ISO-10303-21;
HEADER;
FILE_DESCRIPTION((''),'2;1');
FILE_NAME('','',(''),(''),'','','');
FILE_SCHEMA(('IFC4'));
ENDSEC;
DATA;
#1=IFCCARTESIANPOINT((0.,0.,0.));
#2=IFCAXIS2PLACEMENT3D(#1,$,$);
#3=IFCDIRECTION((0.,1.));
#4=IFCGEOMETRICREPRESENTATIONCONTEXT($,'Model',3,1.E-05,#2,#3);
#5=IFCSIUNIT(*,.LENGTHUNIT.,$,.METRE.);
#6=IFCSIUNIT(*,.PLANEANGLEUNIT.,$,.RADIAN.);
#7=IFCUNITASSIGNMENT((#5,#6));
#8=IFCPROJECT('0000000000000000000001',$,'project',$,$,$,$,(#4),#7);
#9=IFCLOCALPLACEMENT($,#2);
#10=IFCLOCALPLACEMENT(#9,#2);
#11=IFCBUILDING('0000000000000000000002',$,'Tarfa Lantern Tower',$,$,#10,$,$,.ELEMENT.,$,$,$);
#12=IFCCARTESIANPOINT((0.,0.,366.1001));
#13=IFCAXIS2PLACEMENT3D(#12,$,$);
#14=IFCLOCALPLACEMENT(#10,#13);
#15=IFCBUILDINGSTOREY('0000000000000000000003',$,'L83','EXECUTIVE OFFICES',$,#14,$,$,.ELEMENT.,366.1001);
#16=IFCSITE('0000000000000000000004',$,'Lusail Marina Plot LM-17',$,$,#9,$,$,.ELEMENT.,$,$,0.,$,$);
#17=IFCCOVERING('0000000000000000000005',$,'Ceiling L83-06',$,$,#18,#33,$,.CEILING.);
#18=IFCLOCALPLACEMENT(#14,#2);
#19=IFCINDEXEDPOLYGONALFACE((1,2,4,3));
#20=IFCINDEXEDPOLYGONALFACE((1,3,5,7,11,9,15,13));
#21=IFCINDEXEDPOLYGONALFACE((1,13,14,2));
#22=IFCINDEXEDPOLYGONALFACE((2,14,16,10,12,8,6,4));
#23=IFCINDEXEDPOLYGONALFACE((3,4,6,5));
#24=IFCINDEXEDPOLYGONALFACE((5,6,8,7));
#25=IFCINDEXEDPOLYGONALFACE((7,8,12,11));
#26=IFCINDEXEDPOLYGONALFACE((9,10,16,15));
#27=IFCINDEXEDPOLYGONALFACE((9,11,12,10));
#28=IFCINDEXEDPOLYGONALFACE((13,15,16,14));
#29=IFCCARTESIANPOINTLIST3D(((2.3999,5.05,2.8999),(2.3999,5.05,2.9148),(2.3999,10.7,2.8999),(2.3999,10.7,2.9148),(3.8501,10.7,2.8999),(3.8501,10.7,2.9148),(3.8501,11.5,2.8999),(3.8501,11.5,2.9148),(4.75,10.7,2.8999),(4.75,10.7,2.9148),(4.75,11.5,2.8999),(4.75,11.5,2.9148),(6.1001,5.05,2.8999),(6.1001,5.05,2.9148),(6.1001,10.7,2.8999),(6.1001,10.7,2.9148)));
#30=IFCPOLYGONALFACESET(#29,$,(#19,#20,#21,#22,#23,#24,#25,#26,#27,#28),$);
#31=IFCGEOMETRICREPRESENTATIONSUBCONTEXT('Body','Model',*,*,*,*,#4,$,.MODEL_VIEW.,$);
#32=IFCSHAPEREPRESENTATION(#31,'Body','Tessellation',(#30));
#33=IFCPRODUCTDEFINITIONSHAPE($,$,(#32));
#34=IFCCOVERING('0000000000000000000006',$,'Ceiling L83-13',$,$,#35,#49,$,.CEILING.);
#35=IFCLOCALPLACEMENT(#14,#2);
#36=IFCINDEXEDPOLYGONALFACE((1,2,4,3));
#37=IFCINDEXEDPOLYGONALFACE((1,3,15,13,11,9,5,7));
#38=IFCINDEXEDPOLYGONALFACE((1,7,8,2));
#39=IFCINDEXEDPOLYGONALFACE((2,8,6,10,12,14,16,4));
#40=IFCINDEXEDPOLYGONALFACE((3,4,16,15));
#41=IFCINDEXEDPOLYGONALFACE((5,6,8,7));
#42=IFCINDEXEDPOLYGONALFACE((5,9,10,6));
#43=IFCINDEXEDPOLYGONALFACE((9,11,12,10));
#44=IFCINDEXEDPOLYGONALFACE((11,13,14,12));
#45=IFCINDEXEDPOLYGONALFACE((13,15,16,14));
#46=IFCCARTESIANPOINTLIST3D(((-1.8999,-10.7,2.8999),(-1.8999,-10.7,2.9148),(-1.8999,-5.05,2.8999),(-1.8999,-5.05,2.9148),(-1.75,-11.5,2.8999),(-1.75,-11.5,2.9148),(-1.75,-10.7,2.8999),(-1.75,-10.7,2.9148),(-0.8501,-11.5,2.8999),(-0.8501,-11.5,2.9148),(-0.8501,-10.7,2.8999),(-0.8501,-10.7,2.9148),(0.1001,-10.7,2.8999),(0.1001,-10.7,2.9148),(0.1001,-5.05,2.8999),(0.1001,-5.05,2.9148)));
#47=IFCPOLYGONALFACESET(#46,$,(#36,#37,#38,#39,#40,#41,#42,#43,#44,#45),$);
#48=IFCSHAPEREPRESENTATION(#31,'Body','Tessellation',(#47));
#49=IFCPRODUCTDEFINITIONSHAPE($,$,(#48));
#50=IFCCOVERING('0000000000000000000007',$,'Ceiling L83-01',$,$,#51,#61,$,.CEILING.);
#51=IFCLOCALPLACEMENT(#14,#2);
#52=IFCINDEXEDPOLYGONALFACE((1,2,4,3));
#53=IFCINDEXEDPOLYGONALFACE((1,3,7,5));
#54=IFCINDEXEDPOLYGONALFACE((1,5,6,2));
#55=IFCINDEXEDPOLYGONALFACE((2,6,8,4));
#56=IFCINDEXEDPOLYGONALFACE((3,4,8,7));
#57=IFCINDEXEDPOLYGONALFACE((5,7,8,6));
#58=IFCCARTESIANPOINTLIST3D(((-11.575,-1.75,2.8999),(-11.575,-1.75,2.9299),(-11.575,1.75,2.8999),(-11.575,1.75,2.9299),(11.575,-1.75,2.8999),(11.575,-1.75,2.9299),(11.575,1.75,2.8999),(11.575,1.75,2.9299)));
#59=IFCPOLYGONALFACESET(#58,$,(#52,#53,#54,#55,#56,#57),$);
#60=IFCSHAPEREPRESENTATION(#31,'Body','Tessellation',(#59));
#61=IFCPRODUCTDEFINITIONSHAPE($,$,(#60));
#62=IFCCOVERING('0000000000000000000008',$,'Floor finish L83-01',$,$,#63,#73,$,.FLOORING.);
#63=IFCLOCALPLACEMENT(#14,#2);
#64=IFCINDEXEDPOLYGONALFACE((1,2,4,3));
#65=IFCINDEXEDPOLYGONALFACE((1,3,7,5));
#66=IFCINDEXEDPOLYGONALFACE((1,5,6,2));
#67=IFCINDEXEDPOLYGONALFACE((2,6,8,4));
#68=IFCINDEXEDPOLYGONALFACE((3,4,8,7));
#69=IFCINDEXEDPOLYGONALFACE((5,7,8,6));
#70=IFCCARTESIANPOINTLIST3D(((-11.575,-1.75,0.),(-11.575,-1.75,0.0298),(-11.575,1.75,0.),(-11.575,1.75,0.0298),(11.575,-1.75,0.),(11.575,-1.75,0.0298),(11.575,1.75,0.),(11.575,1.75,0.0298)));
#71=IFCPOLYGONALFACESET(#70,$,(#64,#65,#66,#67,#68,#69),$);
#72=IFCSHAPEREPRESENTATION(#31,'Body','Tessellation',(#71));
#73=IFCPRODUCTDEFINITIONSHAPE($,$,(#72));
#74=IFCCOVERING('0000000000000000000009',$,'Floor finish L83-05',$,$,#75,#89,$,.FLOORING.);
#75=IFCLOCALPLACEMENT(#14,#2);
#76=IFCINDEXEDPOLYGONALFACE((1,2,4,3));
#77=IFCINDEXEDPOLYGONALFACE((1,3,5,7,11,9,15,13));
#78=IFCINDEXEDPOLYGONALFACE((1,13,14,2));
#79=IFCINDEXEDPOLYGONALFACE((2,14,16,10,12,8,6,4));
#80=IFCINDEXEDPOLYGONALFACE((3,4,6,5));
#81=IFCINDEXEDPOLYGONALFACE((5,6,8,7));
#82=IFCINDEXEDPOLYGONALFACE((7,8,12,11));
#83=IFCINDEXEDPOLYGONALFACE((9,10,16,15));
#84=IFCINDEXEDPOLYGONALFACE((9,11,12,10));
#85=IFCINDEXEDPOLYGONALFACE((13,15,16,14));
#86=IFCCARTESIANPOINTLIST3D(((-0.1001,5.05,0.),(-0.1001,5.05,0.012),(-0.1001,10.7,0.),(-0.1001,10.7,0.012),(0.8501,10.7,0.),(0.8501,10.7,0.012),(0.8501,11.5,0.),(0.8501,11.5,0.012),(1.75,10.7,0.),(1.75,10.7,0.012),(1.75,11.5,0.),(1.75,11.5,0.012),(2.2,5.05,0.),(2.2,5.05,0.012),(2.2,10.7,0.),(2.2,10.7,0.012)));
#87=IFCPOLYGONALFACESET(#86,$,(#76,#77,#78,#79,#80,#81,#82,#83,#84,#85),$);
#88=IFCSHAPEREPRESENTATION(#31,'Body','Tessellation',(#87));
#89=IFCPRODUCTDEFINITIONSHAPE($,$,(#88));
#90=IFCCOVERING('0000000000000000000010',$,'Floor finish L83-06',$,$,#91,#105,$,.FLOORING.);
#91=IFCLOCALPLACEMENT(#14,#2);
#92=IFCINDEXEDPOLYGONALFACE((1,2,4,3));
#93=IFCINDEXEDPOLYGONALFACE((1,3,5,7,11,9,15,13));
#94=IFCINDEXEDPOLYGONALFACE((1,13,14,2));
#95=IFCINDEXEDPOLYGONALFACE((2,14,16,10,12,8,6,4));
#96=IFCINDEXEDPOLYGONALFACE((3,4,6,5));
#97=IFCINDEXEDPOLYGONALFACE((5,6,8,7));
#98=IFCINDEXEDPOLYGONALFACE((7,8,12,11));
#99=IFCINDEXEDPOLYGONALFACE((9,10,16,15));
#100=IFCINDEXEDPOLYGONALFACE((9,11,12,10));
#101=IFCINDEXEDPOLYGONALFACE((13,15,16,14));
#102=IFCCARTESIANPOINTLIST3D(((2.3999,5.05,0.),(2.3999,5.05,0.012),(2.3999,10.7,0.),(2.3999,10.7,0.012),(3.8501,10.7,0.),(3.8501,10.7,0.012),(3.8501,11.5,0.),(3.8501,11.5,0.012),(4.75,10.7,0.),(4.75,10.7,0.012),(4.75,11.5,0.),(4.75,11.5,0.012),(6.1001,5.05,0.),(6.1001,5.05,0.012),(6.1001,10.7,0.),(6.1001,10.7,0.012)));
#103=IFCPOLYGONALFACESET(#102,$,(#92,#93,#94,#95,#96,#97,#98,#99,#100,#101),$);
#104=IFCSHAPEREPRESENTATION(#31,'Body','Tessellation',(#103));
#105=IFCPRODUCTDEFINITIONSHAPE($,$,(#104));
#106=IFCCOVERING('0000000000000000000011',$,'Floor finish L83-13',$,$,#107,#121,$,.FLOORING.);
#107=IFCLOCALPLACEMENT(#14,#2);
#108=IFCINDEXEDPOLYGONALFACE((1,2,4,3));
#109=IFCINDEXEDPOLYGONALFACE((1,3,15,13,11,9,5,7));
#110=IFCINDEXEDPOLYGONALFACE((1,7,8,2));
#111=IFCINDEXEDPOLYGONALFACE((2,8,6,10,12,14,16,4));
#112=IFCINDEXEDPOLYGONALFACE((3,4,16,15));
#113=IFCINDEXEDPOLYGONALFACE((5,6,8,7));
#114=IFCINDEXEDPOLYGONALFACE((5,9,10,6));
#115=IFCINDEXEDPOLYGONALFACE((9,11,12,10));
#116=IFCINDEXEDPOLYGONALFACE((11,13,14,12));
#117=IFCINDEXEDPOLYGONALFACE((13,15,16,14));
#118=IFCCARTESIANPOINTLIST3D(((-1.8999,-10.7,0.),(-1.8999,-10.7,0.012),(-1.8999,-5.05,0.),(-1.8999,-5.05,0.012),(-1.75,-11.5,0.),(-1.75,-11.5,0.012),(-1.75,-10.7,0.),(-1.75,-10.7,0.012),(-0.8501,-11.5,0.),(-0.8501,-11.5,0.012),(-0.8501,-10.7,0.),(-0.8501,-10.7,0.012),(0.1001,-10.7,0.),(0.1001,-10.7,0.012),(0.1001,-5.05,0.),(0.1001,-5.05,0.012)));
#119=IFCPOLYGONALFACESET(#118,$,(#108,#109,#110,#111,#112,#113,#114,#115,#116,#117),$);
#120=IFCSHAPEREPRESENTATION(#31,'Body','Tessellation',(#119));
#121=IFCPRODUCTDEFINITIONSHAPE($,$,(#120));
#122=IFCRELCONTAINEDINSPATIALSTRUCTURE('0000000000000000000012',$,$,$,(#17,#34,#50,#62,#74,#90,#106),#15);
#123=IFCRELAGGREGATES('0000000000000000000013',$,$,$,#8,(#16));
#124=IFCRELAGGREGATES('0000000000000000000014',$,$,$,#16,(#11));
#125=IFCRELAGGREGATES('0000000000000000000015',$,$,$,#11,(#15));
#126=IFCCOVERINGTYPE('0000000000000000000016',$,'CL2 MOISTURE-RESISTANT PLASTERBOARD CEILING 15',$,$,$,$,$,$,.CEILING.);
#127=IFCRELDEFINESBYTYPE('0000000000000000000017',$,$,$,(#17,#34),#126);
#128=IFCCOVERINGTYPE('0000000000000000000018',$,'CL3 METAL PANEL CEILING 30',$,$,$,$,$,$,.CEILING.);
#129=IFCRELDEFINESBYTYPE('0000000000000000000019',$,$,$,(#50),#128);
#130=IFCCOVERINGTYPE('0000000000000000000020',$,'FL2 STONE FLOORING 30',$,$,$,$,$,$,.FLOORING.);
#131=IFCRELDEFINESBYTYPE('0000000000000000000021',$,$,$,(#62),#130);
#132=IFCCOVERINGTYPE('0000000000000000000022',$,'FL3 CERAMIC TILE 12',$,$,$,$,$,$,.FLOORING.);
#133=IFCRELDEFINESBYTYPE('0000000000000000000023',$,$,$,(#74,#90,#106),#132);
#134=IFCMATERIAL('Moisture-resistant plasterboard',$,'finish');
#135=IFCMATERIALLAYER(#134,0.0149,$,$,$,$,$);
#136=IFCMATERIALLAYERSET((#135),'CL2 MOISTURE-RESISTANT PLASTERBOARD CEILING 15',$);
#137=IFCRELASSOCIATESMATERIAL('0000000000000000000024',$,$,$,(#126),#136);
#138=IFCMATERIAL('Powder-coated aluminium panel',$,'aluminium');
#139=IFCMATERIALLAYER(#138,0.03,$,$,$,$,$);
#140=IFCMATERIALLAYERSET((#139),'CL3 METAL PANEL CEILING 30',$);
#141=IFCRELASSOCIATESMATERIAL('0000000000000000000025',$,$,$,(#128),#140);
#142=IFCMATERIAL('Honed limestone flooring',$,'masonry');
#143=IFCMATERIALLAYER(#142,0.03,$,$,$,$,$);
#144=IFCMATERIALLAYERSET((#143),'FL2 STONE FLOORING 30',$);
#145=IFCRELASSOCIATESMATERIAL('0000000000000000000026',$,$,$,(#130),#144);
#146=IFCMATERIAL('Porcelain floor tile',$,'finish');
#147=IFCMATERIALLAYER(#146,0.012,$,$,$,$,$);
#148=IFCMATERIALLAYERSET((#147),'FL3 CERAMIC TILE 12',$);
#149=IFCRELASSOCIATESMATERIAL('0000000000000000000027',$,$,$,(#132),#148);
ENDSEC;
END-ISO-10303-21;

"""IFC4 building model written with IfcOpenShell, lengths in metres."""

from ifc_helpers import new_model, si_unit, direction, frame, origin, place, context, subcontext, project, spatial, polyline, outline, extrude, material, layer, layer_set, type_object, element, save


model = new_model("IFC4")

# Units and contexts
model_context = context("Model", 3, precision=1e-05, world=origin(), true_north=direction((0.0, 1.0)))
body_context = subcontext(model_context, "Body", "Model", "MODEL_VIEW")
ifc_project = project(units=[si_unit("LENGTHUNIT", "METRE"), si_unit("PLANEANGLEUNIT", "RADIAN")], contexts=[model_context])

# Site, building, storey
site_placement = place(None, origin())
site = spatial("IfcSite", under=ifc_project, at=site_placement, Name="Lusail Marina Plot LM-17", CompositionType="ELEMENT", RefElevation=0.0)
building_placement = place(site_placement, origin())
building = spatial("IfcBuilding", under=site, at=building_placement, Name="Tarfa Lantern Tower", CompositionType="ELEMENT")
storey_placement = place(building_placement, frame((0.0, 0.0, 366.1001)))
storey = spatial("IfcBuildingStorey", under=building, at=storey_placement, Name="L83", Description="EXECUTIVE OFFICES", CompositionType="ELEMENT", Elevation=366.1001)

# Coverings
ifc_material_1 = material(Name="Moisture-resistant plasterboard", Category="finish")
ifc_layer_1 = layer(ifc_material_1, 0.0149)
ifc_layer_set_1 = layer_set([ifc_layer_1], Name="CL2 MOISTURE-RESISTANT PLASTERBOARD CEILING 15")
covering_type_1 = type_object("IfcCoveringType", Name="CL2 MOISTURE-RESISTANT PLASTERBOARD CEILING 15", PredefinedType="CEILING", material=ifc_layer_set_1)
covering_1_placement = place(storey_placement, frame((0.0, 0.0, 2.8999)))
element("IfcCovering", 1, at=covering_1_placement, inside=storey, type_object=covering_type_1, Name="Ceiling L83-06", PredefinedType="CEILING", context=body_context, shape_type="SweptSolid", body=[
    extrude(outline(polyline([(2.3999, 5.05), (6.1001, 5.05), (6.1001, 10.7), (4.75, 10.7), (4.75, 11.5), (3.8501, 11.5), (3.8501, 10.7), (2.3999, 10.7), (2.3999, 5.05)])), origin(), (0.0, 0.0, 1.0), 0.0149),
])
covering_2_placement = place(storey_placement, frame((0.0, 0.0, 2.8999)))
element("IfcCovering", 2, at=covering_2_placement, inside=storey, type_object=covering_type_1, Name="Ceiling L83-13", PredefinedType="CEILING", context=body_context, shape_type="SweptSolid", body=[
    extrude(outline(polyline([(-0.8501, -10.7), (0.1001, -10.7), (0.1001, -5.05), (-1.8999, -5.05), (-1.8999, -10.7), (-1.75, -10.7), (-1.75, -11.5), (-1.75, -11.5), (-0.8501, -11.5), (-0.8501, -10.7)])), origin(), (0.0, 0.0, 1.0), 0.0149),
])
ifc_material_2 = material(Name="Powder-coated aluminium panel", Category="aluminium")
ifc_layer_2 = layer(ifc_material_2, 0.03)
ifc_layer_set_2 = layer_set([ifc_layer_2], Name="CL3 METAL PANEL CEILING 30")
covering_type_2 = type_object("IfcCoveringType", Name="CL3 METAL PANEL CEILING 30", PredefinedType="CEILING", material=ifc_layer_set_2)
covering_3_placement = place(storey_placement, frame((0.0, 0.0, 2.8999)))
element("IfcCovering", 3, at=covering_3_placement, inside=storey, type_object=covering_type_2, Name="Ceiling L83-01", PredefinedType="CEILING", context=body_context, shape_type="SweptSolid", body=[
    extrude(outline(polyline([(-11.575, -1.75), (11.575, -1.75), (11.575, 1.75), (-11.575, 1.75), (-11.575, -1.75)])), origin(), (0.0, 0.0, 1.0), 0.03),
])
ifc_material_3 = material(Name="Honed limestone flooring", Category="masonry")
ifc_layer_3 = layer(ifc_material_3, 0.03)
ifc_layer_set_3 = layer_set([ifc_layer_3], Name="FL2 STONE FLOORING 30")
covering_type_3 = type_object("IfcCoveringType", Name="FL2 STONE FLOORING 30", PredefinedType="FLOORING", material=ifc_layer_set_3)
covering_4_placement = place(storey_placement, origin())
element("IfcCovering", 4, at=covering_4_placement, inside=storey, type_object=covering_type_3, Name="Floor finish L83-01", PredefinedType="FLOORING", context=body_context, shape_type="SweptSolid", body=[
    extrude(outline(polyline([(-11.575, -1.75), (11.575, -1.75), (11.575, 1.75), (-11.575, 1.75), (-11.575, -1.75)])), origin(), (0.0, 0.0, 1.0), 0.0298),
])
ifc_material_4 = material(Name="Porcelain floor tile", Category="finish")
ifc_layer_4 = layer(ifc_material_4, 0.012)
ifc_layer_set_4 = layer_set([ifc_layer_4], Name="FL3 CERAMIC TILE 12")
covering_type_4 = type_object("IfcCoveringType", Name="FL3 CERAMIC TILE 12", PredefinedType="FLOORING", material=ifc_layer_set_4)
covering_5_placement = place(storey_placement, origin())
element("IfcCovering", 5, at=covering_5_placement, inside=storey, type_object=covering_type_4, Name="Floor finish L83-05", PredefinedType="FLOORING", context=body_context, shape_type="SweptSolid", body=[
    extrude(outline(polyline([(0.8501, 10.7), (-0.1001, 10.7), (-0.1001, 5.05), (2.2, 5.05), (2.2, 10.7), (1.75, 10.7), (1.75, 11.5), (0.8501, 11.5), (0.8501, 10.7)])), origin(), (0.0, 0.0, 1.0), 0.012),
])
covering_6_placement = place(storey_placement, origin())
element("IfcCovering", 6, at=covering_6_placement, inside=storey, type_object=covering_type_4, Name="Floor finish L83-06", PredefinedType="FLOORING", context=body_context, shape_type="SweptSolid", body=[
    extrude(outline(polyline([(2.3999, 5.05), (6.1001, 5.05), (6.1001, 10.7), (4.75, 10.7), (4.75, 11.5), (3.8501, 11.5), (3.8501, 10.7), (2.3999, 10.7), (2.3999, 5.05)])), origin(), (0.0, 0.0, 1.0), 0.012),
])
covering_7_placement = place(storey_placement, origin())
element("IfcCovering", 7, at=covering_7_placement, inside=storey, type_object=covering_type_4, Name="Floor finish L83-13", PredefinedType="FLOORING", context=body_context, shape_type="SweptSolid", body=[
    extrude(outline(polyline([(-0.8501, -10.7), (0.1001, -10.7), (0.1001, -5.05), (-1.8999, -5.05), (-1.8999, -10.7), (-1.75, -10.7), (-1.75, -11.5), (-1.75, -11.5), (-0.8501, -11.5), (-0.8501, -10.7)])), origin(), (0.0, 0.0, 1.0), 0.012),
])

save(model, "model.ifc")
